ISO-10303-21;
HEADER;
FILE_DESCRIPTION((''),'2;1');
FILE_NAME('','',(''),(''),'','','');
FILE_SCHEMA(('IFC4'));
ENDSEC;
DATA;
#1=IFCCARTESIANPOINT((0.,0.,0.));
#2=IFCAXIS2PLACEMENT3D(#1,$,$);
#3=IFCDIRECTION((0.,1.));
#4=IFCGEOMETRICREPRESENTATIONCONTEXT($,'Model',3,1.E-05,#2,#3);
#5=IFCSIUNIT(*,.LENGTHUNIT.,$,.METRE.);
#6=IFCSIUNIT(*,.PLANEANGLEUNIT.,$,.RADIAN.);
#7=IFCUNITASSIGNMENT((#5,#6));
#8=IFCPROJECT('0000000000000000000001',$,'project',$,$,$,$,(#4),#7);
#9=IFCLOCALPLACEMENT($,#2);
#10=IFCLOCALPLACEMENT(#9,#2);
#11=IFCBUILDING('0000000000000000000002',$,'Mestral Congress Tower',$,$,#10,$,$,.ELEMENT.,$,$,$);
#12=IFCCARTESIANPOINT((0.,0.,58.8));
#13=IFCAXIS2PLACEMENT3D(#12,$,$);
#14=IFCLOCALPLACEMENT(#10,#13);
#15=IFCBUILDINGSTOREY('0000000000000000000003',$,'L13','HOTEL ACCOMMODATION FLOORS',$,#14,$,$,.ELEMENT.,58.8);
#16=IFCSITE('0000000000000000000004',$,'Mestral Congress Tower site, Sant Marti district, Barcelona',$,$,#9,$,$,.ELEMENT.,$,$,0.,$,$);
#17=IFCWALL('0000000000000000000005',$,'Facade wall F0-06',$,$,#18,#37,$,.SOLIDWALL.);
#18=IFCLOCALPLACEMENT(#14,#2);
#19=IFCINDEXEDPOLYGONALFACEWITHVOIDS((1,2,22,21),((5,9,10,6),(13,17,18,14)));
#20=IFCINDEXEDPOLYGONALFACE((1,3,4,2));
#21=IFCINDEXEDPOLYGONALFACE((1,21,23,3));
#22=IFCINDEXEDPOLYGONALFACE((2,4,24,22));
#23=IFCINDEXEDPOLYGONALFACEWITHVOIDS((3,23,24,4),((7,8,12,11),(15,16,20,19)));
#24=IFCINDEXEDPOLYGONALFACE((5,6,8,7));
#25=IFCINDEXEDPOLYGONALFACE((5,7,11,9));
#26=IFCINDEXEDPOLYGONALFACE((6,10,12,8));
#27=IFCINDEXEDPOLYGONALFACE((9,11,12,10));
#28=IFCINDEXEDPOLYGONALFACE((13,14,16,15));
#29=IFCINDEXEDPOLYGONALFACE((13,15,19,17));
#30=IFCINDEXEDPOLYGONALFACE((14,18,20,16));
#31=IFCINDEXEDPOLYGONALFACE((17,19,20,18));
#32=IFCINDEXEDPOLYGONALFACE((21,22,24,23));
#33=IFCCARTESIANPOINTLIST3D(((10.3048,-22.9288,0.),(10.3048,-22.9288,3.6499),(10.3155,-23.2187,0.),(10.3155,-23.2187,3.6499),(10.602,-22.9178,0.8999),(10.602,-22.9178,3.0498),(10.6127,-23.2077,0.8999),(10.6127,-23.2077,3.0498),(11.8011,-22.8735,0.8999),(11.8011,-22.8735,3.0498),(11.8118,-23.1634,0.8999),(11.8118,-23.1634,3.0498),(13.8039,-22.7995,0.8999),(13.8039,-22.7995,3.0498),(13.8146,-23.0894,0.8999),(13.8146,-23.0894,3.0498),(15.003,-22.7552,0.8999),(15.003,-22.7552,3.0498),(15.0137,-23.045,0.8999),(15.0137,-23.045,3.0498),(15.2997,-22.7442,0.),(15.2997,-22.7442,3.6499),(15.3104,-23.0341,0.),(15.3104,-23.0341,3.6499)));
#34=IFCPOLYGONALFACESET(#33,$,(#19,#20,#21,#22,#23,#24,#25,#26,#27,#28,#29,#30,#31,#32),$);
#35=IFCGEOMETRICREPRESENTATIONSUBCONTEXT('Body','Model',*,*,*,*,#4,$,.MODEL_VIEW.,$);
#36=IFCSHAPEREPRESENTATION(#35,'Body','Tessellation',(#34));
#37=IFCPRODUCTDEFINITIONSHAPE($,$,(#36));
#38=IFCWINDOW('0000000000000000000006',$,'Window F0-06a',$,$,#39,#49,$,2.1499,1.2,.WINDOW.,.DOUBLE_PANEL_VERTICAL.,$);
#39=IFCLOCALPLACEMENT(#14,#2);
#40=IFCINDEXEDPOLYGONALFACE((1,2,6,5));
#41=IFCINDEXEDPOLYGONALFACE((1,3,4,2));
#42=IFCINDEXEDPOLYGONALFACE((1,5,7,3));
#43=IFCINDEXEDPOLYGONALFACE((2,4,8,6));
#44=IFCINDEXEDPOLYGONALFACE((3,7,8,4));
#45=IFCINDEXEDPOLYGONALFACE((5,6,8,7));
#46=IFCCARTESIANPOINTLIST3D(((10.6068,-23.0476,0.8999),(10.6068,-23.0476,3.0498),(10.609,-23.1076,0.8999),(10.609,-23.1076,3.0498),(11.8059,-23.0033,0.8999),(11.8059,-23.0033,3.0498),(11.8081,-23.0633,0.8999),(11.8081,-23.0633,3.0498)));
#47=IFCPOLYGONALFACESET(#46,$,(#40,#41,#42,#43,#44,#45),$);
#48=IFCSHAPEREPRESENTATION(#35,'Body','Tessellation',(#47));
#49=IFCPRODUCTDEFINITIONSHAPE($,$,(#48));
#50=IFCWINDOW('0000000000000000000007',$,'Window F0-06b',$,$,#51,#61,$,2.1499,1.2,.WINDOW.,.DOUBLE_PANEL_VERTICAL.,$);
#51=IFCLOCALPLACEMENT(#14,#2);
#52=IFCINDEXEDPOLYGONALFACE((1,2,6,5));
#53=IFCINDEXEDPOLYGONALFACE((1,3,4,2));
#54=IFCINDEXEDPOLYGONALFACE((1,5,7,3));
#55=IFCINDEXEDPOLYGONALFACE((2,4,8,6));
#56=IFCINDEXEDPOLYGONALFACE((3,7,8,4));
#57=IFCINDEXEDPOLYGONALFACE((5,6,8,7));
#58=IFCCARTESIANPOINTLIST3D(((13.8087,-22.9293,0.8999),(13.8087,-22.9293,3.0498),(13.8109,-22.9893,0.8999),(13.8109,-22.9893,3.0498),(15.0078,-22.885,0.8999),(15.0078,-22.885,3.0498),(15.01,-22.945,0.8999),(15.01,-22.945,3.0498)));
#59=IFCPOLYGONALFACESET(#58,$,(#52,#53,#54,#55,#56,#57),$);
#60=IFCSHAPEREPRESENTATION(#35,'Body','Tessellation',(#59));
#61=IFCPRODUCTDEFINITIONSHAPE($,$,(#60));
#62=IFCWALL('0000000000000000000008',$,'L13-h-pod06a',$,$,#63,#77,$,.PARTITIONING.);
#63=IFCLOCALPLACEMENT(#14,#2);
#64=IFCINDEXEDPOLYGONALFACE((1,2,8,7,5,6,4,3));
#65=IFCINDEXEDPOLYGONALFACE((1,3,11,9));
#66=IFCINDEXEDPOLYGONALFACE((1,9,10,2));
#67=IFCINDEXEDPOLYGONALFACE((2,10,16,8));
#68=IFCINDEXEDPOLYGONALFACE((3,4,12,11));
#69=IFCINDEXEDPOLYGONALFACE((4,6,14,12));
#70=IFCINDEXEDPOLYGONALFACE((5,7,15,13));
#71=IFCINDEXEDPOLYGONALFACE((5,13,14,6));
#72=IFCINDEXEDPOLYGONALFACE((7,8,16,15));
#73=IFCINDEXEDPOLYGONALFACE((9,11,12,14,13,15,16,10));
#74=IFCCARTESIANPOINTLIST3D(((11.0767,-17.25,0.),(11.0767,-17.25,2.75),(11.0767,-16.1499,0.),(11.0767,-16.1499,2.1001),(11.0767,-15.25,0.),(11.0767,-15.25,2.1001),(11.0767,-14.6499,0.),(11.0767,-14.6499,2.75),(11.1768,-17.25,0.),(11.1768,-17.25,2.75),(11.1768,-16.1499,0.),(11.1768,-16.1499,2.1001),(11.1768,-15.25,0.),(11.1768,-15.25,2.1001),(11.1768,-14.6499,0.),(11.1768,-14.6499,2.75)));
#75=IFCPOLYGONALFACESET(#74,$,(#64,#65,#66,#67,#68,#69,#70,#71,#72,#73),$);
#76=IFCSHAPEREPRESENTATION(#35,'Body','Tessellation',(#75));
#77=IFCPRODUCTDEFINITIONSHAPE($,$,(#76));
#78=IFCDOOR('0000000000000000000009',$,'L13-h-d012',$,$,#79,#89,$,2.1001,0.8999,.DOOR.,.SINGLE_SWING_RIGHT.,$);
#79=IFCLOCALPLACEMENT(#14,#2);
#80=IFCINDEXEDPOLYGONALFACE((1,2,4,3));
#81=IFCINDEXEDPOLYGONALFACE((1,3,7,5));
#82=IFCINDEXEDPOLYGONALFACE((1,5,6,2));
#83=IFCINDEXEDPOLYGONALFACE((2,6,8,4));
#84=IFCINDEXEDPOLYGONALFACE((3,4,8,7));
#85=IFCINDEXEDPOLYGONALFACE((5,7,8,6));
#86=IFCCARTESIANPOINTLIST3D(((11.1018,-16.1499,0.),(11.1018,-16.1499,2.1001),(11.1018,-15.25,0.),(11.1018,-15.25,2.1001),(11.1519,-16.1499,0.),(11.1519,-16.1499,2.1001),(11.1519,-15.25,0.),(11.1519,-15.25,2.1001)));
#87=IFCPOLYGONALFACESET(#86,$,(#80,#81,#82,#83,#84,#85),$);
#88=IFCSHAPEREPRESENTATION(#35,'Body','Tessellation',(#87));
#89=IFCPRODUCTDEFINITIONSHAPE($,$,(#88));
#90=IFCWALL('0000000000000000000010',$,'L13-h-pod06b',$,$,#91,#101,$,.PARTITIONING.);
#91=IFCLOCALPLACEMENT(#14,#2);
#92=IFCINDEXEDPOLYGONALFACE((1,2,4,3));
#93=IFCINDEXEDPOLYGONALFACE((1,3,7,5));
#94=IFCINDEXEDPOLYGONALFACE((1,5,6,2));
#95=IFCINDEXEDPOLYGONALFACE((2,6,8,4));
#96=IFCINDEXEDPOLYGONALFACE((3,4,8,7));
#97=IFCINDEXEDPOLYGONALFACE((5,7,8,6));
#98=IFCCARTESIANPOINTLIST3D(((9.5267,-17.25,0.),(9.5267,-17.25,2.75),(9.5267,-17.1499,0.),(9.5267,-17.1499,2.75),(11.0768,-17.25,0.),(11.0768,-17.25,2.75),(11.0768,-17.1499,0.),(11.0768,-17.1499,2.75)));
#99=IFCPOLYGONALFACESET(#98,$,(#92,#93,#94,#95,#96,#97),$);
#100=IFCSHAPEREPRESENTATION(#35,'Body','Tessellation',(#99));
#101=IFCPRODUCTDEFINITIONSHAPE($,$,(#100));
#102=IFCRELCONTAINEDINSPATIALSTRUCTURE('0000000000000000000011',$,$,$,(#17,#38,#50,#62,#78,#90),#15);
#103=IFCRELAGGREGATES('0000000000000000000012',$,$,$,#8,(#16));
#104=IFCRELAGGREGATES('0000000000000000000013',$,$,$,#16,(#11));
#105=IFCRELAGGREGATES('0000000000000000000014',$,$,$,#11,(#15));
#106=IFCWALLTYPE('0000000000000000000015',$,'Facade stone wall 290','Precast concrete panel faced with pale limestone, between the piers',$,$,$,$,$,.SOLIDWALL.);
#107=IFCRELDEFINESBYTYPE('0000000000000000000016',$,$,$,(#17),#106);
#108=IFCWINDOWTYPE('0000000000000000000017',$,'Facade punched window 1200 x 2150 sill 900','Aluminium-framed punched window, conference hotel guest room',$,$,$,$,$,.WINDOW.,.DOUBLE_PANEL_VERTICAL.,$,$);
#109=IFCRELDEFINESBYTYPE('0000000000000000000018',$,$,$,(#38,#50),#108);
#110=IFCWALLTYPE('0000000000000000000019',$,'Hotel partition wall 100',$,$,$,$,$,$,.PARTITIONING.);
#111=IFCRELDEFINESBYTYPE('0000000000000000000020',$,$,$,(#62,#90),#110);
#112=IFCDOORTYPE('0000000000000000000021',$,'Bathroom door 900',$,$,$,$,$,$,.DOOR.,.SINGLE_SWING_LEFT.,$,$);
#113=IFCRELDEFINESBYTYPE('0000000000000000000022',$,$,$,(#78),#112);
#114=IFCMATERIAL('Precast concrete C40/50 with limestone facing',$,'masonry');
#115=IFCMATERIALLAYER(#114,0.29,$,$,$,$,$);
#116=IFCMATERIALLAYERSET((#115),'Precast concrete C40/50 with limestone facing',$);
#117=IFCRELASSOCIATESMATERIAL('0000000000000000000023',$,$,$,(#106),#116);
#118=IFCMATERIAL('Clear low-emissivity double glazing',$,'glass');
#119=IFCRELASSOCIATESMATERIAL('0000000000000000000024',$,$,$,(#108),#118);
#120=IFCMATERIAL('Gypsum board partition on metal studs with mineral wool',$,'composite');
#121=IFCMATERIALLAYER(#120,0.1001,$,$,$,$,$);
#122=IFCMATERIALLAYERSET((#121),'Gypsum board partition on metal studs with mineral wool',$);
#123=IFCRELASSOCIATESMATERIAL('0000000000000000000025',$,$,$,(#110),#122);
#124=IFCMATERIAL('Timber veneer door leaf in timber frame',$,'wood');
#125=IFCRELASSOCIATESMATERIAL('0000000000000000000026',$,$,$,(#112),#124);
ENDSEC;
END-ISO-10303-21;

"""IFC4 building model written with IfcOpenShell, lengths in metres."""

from ifc_helpers import new_model, si_unit, direction, frame, frame_2d, origin, place, context, subcontext, project, spatial, rectangle, extrude, material, layer, layer_set, type_object, element, fill, save


model = new_model("IFC4")

# Units and contexts
model_context = context("Model", 3, precision=1e-05, world=origin(), true_north=direction((0.0, 1.0)))
body_context = subcontext(model_context, "Body", "Model", "MODEL_VIEW")
ifc_project = project(units=[si_unit("LENGTHUNIT", "METRE"), si_unit("PLANEANGLEUNIT", "RADIAN")], contexts=[model_context])

# Site, building, storey
site_placement = place(None, origin())
site = spatial("IfcSite", under=ifc_project, at=site_placement, Name="Mestral Congress Tower site, Sant Marti district, Barcelona", CompositionType="ELEMENT", RefElevation=0.0)
building_placement = place(site_placement, origin())
building = spatial("IfcBuilding", under=site, at=building_placement, Name="Mestral Congress Tower", CompositionType="ELEMENT")
storey_placement = place(building_placement, frame((0.0, 0.0, 58.8)))
storey = spatial("IfcBuildingStorey", under=building, at=storey_placement, Name="L13", Description="HOTEL ACCOMMODATION FLOORS", CompositionType="ELEMENT", Elevation=58.8)

# Wall, openings, windows
ifc_material_1 = material(Name="Precast concrete C40/50 with limestone facing", Category="masonry")
ifc_layer_1 = layer(ifc_material_1, 0.29)
ifc_layer_set_1 = layer_set([ifc_layer_1], Name="Precast concrete C40/50 with limestone facing")
wall_type_1 = type_object("IfcWallType", Name="Facade stone wall 290", Description="Precast concrete panel faced with pale limestone, between the piers", PredefinedType="SOLIDWALL", material=ifc_layer_set_1)
wall_1_placement = place(storey_placement, frame((10.3103, -23.0737, 0.0), z_axis=(0.0, 0.0, 1.0), x_axis=(0.999318, 0.036927, 0.0)))
wall_1 = element("IfcWall", 1, at=wall_1_placement, inside=storey, type_object=wall_type_1, Name="Facade wall F0-06", PredefinedType="SOLIDWALL", context=body_context, shape_type="SweptSolid", body=[
    extrude(rectangle(XDim=4.9983, YDim=0.29, at=frame_2d((2.499, 0.0))), origin(), (0.0, 0.0, 1.0), 3.6499),
])
opening_1_placement = place(wall_1_placement, frame((0.2971, 0.0, 0.8999)))
opening_1 = element("IfcOpeningElement", 2, at=opening_1_placement, cuts=wall_1, PredefinedType="OPENING", context=body_context, shape_type="SweptSolid", body=[
    extrude(rectangle(XDim=1.2, YDim=2.1499, at=frame_2d((0.6001, 1.075))), frame((0.0, 0.155, 0.0), z_axis=(0.0, -1.0, 0.0), x_axis=(1.0, 0.0, 0.0)), (0.0, 0.0, 1.0), 0.3101),
])
opening_2_placement = place(wall_1_placement, frame((3.5012, 0.0, 0.8999)))
opening_2 = element("IfcOpeningElement", 3, at=opening_2_placement, cuts=wall_1, PredefinedType="OPENING", context=body_context, shape_type="SweptSolid", body=[
    extrude(rectangle(XDim=1.2, YDim=2.1499, at=frame_2d((0.6001, 1.075))), frame((0.0, 0.155, 0.0), z_axis=(0.0, -1.0, 0.0), x_axis=(1.0, 0.0, 0.0)), (0.0, 0.0, 1.0), 0.3101),
])
ifc_material_2 = material(Name="Clear low-emissivity double glazing", Category="glass")
window_type = type_object("IfcWindowType", Name="Facade punched window 1200 x 2150 sill 900", Description="Aluminium-framed punched window, conference hotel guest room", PartitioningType="DOUBLE_PANEL_VERTICAL", PredefinedType="WINDOW", material=ifc_material_2)
window_1_placement = place(opening_1_placement, origin())
window_1 = element("IfcWindow", 4, at=window_1_placement, inside=storey, type_object=window_type, Name="Window F0-06a", OverallHeight=2.1499, OverallWidth=1.2, PartitioningType="DOUBLE_PANEL_VERTICAL", PredefinedType="WINDOW", context=body_context, shape_type="SweptSolid", body=[
    extrude(rectangle(XDim=1.2, YDim=2.1499, at=frame_2d((0.6001, 1.075))), frame((0.0, 0.0151, 0.0), z_axis=(0.0, -1.0, 0.0), x_axis=(1.0, 0.0, 0.0)), (0.0, 0.0, 1.0), 0.0601),
])
fill(opening_1, window_1)
window_2_placement = place(opening_2_placement, origin())
window_2 = element("IfcWindow", 5, at=window_2_placement, inside=storey, type_object=window_type, Name="Window F0-06b", OverallHeight=2.1499, OverallWidth=1.2, PartitioningType="DOUBLE_PANEL_VERTICAL", PredefinedType="WINDOW", context=body_context, shape_type="SweptSolid", body=[
    extrude(rectangle(XDim=1.2, YDim=2.1499, at=frame_2d((0.6001, 1.075))), frame((0.0, 0.0151, 0.0), z_axis=(0.0, -1.0, 0.0), x_axis=(1.0, 0.0, 0.0)), (0.0, 0.0, 1.0), 0.0601),
])
fill(opening_2, window_2)

# Wall, opening, door
ifc_material_3 = material(Name="Gypsum board partition on metal studs with mineral wool", Category="composite")
ifc_layer_2 = layer(ifc_material_3, 0.1001)
ifc_layer_set_2 = layer_set([ifc_layer_2], Name="Gypsum board partition on metal studs with mineral wool")
wall_type_2 = type_object("IfcWallType", Name="Hotel partition wall 100", PredefinedType="PARTITIONING", material=ifc_layer_set_2)
wall_2_placement = place(storey_placement, frame((11.1267, -17.25, 0.0), z_axis=(0.0, 0.0, 1.0), x_axis=(0.0, 1.0, 0.0)))
wall_2 = element("IfcWall", 6, at=wall_2_placement, inside=storey, type_object=wall_type_2, Name="L13-h-pod06a", PredefinedType="PARTITIONING", context=body_context, shape_type="SweptSolid", body=[
    extrude(rectangle(XDim=2.6001, YDim=0.1001, at=frame_2d((1.3, 0.0))), origin(), (0.0, 0.0, 1.0), 2.75),
])
opening_3_placement = place(wall_2_placement, frame((1.1001, 0.0, 0.0)))
opening_3 = element("IfcOpeningElement", 7, at=opening_3_placement, cuts=wall_2, PredefinedType="OPENING", context=body_context, shape_type="SweptSolid", body=[
    extrude(rectangle(XDim=0.8999, YDim=2.1001, at=frame_2d((0.45, 1.05))), frame((0.0, 0.0601, 0.0), z_axis=(0.0, -1.0, 0.0), x_axis=(1.0, 0.0, 0.0)), (0.0, 0.0, 1.0), 0.1201),
])
ifc_material_4 = material(Name="Timber veneer door leaf in timber frame", Category="wood")
door_type_1 = type_object("IfcDoorType", Name="Bathroom door 900", OperationType="SINGLE_SWING_LEFT", PredefinedType="DOOR", material=ifc_material_4)
door_1_placement = place(opening_3_placement, origin())
door_1 = element("IfcDoor", 8, at=door_1_placement, inside=storey, type_object=door_type_1, Name="L13-h-d012", OperationType="SINGLE_SWING_RIGHT", OverallHeight=2.1001, OverallWidth=0.8999, PredefinedType="DOOR", context=body_context, shape_type="SweptSolid", body=[
    extrude(rectangle(XDim=0.8999, YDim=2.1001, at=frame_2d((0.45, 1.05))), frame((0.0, 0.0249, 0.0), z_axis=(0.0, -1.0, 0.0), x_axis=(1.0, 0.0, 0.0)), (0.0, 0.0, 1.0), 0.05),
])
fill(opening_3, door_1)

# Wall
wall_3_placement = place(storey_placement, frame((11.0767, -17.2, 0.0), z_axis=(0.0, 0.0, 1.0), x_axis=(-1.0, 0.0, 0.0)))
element("IfcWall", 9, at=wall_3_placement, inside=storey, type_object=wall_type_2, Name="L13-h-pod06b", PredefinedType="PARTITIONING", context=body_context, shape_type="SweptSolid", body=[
    extrude(rectangle(XDim=1.55, YDim=0.1001, at=frame_2d((0.7749, 0.0))), origin(), (0.0, 0.0, 1.0), 2.75),
])

save(model, "model.ifc")
